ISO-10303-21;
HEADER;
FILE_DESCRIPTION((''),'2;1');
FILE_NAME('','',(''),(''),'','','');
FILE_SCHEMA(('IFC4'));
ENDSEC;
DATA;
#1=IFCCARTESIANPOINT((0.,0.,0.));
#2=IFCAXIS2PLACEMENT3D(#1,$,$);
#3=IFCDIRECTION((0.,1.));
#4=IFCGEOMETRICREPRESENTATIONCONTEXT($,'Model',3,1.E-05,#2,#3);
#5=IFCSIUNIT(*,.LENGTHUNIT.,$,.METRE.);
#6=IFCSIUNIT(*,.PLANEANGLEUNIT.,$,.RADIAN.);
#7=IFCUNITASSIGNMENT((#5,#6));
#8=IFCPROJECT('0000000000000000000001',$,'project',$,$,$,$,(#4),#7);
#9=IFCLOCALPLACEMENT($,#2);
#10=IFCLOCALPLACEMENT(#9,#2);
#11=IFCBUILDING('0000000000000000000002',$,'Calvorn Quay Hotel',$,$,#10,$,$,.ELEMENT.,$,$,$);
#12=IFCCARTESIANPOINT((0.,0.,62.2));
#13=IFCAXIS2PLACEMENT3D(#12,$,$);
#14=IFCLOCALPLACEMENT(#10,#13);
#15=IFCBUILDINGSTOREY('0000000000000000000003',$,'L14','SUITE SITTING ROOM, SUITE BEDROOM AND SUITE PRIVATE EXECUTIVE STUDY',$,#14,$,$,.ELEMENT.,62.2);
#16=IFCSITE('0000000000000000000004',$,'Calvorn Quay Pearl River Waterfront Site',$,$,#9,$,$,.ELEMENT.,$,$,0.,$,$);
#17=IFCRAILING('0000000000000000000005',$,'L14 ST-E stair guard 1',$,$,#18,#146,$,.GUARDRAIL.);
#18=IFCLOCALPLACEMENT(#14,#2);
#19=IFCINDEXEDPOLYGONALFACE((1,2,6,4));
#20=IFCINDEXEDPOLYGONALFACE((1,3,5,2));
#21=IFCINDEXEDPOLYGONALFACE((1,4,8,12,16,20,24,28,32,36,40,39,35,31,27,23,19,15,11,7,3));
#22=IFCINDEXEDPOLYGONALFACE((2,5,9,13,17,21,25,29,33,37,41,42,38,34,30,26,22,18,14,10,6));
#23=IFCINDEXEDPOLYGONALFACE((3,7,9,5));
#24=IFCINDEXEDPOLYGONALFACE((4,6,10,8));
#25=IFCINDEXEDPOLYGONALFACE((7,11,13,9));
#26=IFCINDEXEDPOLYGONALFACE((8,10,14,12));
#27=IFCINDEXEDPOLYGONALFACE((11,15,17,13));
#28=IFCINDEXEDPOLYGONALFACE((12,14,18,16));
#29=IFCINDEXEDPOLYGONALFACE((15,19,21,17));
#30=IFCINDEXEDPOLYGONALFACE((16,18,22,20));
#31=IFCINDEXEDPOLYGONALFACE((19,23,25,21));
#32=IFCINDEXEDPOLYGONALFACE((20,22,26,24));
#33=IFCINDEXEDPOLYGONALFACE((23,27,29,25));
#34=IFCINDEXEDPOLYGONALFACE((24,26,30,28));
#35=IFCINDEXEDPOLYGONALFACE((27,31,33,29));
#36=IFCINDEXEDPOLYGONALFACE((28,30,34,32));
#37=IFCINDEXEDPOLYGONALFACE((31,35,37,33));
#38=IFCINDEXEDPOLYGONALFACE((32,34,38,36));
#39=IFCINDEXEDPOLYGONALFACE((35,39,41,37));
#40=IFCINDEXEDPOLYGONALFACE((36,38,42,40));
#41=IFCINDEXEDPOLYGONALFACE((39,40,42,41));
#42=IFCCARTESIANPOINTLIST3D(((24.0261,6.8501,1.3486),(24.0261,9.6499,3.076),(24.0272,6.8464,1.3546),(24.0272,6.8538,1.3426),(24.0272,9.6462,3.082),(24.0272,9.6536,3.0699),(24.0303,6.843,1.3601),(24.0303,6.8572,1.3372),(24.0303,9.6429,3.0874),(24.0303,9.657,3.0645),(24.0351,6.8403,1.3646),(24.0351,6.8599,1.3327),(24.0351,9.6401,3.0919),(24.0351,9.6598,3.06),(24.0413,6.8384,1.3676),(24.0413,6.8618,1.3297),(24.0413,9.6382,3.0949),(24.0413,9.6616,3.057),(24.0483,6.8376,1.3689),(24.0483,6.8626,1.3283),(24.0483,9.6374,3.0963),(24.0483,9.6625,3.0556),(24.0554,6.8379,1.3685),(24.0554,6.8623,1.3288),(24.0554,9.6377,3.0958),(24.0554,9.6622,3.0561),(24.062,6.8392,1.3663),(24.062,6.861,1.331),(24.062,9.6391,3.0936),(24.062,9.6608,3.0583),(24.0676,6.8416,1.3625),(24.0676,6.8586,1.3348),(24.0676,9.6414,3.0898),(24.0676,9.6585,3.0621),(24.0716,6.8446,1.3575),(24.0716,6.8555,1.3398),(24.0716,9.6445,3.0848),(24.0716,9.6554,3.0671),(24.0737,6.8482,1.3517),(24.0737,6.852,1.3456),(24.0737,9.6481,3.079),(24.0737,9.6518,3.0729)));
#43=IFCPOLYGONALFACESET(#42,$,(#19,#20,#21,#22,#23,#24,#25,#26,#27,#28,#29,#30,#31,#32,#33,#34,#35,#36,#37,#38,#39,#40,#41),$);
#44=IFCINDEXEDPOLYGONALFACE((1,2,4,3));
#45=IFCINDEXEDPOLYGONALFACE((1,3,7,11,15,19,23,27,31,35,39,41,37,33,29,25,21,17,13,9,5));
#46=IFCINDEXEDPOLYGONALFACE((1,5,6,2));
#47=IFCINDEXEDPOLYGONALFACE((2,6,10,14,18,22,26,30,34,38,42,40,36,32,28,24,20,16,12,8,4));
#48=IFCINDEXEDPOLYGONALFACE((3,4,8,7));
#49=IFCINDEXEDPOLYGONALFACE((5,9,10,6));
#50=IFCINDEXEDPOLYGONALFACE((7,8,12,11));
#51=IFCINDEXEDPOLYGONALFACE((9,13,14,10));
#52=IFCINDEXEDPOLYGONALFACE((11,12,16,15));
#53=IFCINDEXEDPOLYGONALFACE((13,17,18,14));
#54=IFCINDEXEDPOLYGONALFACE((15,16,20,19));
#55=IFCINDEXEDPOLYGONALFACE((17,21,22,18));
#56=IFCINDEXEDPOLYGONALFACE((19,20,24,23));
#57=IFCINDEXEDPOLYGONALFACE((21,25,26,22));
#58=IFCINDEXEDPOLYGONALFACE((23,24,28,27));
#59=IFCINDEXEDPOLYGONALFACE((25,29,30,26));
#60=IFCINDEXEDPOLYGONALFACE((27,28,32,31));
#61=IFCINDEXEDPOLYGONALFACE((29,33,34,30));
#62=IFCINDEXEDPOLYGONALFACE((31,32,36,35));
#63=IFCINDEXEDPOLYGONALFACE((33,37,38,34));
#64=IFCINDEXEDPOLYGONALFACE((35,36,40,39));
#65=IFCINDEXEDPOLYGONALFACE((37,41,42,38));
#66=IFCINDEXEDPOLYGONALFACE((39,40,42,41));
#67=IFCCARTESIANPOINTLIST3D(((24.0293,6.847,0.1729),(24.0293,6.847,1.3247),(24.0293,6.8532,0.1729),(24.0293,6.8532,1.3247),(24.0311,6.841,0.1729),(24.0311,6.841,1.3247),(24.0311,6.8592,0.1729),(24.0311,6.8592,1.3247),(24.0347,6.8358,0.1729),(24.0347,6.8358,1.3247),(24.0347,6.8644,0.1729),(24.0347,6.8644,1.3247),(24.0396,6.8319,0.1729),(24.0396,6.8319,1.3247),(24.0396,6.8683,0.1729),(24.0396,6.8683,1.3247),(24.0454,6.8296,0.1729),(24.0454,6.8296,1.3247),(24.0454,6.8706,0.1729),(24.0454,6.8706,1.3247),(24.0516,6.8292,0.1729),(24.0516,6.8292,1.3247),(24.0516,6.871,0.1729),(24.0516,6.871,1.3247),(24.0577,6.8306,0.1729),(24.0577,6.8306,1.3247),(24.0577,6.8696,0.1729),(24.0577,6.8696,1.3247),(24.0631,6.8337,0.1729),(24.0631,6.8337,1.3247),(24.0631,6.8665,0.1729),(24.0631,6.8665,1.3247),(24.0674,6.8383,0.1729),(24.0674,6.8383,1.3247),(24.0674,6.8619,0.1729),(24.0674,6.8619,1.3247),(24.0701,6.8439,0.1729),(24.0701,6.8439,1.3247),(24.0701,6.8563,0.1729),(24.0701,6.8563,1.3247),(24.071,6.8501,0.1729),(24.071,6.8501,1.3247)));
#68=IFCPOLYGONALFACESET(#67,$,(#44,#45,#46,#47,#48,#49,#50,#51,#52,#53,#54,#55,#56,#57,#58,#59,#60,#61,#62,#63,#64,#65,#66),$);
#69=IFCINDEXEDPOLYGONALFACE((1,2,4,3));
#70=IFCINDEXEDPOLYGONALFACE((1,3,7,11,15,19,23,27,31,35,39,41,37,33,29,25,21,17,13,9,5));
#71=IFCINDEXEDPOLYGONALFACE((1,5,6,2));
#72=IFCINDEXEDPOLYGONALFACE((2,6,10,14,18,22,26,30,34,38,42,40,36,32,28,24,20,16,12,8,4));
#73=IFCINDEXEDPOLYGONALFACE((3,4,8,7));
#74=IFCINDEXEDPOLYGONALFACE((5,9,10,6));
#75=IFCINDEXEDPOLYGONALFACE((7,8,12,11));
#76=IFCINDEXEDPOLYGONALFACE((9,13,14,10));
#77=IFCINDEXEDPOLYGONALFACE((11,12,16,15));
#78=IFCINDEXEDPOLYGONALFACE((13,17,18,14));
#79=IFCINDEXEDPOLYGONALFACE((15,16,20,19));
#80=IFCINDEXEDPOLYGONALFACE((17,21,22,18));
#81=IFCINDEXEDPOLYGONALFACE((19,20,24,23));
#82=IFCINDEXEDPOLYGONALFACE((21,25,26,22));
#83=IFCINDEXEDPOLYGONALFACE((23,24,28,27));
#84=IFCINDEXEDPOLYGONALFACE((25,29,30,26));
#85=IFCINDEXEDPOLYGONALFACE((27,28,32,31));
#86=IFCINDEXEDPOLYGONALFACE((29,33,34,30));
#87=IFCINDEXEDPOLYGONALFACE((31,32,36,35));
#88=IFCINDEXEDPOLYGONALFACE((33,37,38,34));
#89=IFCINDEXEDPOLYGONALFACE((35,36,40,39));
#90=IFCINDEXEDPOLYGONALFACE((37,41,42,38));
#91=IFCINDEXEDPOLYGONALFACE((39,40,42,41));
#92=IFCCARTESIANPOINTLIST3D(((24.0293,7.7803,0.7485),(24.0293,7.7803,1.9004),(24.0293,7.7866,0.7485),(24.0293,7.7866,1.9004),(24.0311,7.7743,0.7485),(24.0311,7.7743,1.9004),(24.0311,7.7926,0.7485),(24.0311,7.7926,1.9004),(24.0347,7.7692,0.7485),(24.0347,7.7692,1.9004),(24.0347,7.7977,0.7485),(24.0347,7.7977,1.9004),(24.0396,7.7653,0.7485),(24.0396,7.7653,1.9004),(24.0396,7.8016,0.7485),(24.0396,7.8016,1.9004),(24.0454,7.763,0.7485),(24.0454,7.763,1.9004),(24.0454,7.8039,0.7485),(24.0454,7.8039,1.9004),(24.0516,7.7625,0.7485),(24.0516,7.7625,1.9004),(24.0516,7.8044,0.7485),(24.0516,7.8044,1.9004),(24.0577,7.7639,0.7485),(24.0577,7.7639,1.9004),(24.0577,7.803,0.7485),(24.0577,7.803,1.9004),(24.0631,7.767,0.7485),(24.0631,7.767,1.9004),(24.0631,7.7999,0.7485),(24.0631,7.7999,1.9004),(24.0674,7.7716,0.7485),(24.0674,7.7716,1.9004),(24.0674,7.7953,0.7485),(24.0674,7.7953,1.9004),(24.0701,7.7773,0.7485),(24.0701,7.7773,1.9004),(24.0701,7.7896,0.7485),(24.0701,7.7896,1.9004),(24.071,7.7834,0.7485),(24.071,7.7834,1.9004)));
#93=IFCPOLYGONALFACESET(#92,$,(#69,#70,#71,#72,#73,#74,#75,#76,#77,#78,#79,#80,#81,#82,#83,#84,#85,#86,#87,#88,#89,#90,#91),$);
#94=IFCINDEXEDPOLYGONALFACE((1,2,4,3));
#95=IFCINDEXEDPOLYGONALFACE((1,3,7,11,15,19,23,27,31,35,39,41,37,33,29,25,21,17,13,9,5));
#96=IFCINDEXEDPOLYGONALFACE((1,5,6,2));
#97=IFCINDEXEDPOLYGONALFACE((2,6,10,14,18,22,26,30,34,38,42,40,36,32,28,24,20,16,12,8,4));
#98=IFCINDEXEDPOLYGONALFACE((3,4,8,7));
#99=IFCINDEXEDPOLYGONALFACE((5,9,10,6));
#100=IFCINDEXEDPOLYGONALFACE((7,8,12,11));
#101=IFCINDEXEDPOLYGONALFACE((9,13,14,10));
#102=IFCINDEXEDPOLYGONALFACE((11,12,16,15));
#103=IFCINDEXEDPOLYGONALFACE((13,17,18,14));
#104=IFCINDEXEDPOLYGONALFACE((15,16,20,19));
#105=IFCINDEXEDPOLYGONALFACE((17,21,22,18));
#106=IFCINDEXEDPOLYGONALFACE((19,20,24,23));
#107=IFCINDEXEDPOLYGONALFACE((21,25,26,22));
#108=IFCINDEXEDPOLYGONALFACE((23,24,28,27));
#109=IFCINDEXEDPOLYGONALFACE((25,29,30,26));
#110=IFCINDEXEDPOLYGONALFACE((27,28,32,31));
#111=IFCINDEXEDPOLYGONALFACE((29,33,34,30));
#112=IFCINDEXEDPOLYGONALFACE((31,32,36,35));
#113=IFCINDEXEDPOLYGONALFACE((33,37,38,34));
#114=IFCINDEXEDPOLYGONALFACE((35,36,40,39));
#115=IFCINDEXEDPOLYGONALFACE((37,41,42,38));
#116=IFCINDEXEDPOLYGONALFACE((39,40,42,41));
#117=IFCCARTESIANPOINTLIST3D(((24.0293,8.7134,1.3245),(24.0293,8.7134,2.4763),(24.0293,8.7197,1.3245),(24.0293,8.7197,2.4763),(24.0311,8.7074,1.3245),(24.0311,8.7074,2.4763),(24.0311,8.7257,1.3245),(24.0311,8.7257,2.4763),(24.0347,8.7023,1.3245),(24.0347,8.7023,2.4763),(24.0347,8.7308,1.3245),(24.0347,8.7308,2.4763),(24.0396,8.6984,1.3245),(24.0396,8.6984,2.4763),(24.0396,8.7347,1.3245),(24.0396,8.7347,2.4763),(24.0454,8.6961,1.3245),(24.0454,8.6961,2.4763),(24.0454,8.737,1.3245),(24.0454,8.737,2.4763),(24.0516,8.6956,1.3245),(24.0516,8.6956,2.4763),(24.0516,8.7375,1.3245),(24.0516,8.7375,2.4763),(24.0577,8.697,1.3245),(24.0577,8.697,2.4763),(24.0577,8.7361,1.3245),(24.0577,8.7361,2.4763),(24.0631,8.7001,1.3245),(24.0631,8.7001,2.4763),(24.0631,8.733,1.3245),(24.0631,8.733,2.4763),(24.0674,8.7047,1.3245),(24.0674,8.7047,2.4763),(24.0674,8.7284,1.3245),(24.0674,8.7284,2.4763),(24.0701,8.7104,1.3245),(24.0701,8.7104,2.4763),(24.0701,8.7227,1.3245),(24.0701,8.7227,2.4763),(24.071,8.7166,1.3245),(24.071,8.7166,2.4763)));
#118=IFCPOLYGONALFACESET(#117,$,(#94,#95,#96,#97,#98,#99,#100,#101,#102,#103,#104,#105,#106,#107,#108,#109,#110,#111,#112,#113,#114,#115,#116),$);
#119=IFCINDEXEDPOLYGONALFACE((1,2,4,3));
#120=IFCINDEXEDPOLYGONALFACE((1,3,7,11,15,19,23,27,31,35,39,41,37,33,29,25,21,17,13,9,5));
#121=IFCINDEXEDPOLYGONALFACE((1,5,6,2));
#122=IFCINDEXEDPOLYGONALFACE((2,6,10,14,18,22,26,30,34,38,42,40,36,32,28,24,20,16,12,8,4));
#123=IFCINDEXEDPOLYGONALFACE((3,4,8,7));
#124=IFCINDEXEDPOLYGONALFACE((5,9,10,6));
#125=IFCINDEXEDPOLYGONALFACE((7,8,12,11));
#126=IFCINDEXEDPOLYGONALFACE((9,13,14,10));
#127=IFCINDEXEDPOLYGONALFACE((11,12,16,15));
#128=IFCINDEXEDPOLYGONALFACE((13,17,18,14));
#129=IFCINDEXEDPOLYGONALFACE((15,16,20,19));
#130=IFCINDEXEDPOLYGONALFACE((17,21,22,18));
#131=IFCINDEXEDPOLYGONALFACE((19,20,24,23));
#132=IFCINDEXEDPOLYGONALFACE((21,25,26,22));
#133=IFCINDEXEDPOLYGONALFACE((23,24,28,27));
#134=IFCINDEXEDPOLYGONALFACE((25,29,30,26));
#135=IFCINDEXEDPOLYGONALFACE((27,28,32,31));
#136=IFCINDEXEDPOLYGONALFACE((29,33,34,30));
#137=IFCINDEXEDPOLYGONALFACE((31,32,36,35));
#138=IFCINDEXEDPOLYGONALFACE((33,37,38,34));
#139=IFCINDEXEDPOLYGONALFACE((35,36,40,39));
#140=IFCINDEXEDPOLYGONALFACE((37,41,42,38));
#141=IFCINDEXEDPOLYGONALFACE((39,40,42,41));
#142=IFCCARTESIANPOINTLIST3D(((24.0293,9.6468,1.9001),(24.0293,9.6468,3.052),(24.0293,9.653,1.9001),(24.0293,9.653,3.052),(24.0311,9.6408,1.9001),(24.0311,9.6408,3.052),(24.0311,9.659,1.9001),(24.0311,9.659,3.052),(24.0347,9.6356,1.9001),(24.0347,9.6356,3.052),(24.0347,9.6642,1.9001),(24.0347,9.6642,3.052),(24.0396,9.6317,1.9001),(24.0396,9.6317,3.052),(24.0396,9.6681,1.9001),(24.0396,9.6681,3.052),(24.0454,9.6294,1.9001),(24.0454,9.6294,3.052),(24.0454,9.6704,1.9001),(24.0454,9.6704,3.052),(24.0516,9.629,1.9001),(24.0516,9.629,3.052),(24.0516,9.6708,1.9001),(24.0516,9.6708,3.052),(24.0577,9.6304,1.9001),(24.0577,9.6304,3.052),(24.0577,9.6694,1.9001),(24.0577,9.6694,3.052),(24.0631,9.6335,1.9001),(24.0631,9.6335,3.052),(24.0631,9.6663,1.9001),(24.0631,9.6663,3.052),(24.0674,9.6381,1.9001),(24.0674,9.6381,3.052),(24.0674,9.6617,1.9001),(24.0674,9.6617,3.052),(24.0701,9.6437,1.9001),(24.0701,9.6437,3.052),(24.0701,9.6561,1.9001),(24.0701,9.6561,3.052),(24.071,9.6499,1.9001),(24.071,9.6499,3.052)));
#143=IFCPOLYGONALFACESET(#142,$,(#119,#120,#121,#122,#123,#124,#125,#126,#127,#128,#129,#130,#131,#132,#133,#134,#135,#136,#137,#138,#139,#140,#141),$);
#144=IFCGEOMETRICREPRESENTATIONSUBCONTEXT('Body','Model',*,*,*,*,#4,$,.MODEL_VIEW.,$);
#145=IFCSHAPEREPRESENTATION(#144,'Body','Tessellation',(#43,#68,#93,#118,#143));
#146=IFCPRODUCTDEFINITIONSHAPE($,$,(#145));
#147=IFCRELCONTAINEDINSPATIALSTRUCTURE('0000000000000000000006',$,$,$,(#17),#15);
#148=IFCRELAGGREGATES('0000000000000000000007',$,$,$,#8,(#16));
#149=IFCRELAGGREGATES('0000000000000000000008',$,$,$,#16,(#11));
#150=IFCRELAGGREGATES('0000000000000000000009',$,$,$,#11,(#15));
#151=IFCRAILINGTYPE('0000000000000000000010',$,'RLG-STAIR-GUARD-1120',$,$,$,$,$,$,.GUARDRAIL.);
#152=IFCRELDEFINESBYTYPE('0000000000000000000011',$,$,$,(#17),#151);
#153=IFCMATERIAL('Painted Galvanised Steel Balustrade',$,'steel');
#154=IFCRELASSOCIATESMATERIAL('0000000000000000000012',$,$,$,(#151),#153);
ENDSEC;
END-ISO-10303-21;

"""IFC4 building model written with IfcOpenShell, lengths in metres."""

from ifc_helpers import new_model, si_unit, direction, frame, origin, origin_2d, place, context, subcontext, project, spatial, circle, extrude, material, type_object, element, save


model = new_model("IFC4")

# Units and contexts
model_context = context("Model", 3, precision=1e-05, world=origin(), true_north=direction((0.0, 1.0)))
body_context = subcontext(model_context, "Body", "Model", "MODEL_VIEW")
ifc_project = project(units=[si_unit("LENGTHUNIT", "METRE"), si_unit("PLANEANGLEUNIT", "RADIAN")], contexts=[model_context])

# Site, building, storey
site_placement = place(None, origin())
site = spatial("IfcSite", under=ifc_project, at=site_placement, Name="Calvorn Quay Pearl River Waterfront Site", CompositionType="ELEMENT", RefElevation=0.0)
building_placement = place(site_placement, origin())
building = spatial("IfcBuilding", under=site, at=building_placement, Name="Calvorn Quay Hotel", CompositionType="ELEMENT")
storey_placement = place(building_placement, frame((0.0, 0.0, 62.2)))
storey = spatial("IfcBuildingStorey", under=building, at=storey_placement, Name="L14", Description="SUITE SITTING ROOM, SUITE BEDROOM AND SUITE PRIVATE EXECUTIVE STUDY", CompositionType="ELEMENT", Elevation=62.2)

# Railing
ifc_material_1 = material(Name="Painted Galvanised Steel Balustrade", Category="steel")
railing_type_1 = type_object("IfcRailingType", Name="RLG-STAIR-GUARD-1120", PredefinedType="GUARDRAIL", material=ifc_material_1)
railing_1_placement = place(storey_placement, frame((24.05, 6.8501, 0.1729)))
element("IfcRailing", 1, at=railing_1_placement, inside=storey, type_object=railing_type_1, Name="L14 ST-E stair guard 1", PredefinedType="GUARDRAIL", context=body_context, shape_type="SweptSolid", body=[
    extrude(circle(Radius=0.0239, at=origin_2d()), frame((0.0, 0.0, 1.1758), z_axis=(0.0, 0.851069, 0.525054), x_axis=(-1.0, 0.0, 0.0)), (0.0, 0.0, 1.0), 3.2898),
    extrude(circle(Radius=0.021, at=origin_2d()), origin(), (0.0, 0.0, 1.0), 1.1519),
    extrude(circle(Radius=0.021, at=origin_2d()), frame((0.0, 0.9333, 0.5757)), (0.0, 0.0, 1.0), 1.1519),
    extrude(circle(Radius=0.021, at=origin_2d()), frame((0.0, 1.8665, 1.1516)), (0.0, 0.0, 1.0), 1.1519),
    extrude(circle(Radius=0.021, at=origin_2d()), frame((0.0, 2.7998, 1.7273)), (0.0, 0.0, 1.0), 1.1519),
])

save(model, "model.ifc")
